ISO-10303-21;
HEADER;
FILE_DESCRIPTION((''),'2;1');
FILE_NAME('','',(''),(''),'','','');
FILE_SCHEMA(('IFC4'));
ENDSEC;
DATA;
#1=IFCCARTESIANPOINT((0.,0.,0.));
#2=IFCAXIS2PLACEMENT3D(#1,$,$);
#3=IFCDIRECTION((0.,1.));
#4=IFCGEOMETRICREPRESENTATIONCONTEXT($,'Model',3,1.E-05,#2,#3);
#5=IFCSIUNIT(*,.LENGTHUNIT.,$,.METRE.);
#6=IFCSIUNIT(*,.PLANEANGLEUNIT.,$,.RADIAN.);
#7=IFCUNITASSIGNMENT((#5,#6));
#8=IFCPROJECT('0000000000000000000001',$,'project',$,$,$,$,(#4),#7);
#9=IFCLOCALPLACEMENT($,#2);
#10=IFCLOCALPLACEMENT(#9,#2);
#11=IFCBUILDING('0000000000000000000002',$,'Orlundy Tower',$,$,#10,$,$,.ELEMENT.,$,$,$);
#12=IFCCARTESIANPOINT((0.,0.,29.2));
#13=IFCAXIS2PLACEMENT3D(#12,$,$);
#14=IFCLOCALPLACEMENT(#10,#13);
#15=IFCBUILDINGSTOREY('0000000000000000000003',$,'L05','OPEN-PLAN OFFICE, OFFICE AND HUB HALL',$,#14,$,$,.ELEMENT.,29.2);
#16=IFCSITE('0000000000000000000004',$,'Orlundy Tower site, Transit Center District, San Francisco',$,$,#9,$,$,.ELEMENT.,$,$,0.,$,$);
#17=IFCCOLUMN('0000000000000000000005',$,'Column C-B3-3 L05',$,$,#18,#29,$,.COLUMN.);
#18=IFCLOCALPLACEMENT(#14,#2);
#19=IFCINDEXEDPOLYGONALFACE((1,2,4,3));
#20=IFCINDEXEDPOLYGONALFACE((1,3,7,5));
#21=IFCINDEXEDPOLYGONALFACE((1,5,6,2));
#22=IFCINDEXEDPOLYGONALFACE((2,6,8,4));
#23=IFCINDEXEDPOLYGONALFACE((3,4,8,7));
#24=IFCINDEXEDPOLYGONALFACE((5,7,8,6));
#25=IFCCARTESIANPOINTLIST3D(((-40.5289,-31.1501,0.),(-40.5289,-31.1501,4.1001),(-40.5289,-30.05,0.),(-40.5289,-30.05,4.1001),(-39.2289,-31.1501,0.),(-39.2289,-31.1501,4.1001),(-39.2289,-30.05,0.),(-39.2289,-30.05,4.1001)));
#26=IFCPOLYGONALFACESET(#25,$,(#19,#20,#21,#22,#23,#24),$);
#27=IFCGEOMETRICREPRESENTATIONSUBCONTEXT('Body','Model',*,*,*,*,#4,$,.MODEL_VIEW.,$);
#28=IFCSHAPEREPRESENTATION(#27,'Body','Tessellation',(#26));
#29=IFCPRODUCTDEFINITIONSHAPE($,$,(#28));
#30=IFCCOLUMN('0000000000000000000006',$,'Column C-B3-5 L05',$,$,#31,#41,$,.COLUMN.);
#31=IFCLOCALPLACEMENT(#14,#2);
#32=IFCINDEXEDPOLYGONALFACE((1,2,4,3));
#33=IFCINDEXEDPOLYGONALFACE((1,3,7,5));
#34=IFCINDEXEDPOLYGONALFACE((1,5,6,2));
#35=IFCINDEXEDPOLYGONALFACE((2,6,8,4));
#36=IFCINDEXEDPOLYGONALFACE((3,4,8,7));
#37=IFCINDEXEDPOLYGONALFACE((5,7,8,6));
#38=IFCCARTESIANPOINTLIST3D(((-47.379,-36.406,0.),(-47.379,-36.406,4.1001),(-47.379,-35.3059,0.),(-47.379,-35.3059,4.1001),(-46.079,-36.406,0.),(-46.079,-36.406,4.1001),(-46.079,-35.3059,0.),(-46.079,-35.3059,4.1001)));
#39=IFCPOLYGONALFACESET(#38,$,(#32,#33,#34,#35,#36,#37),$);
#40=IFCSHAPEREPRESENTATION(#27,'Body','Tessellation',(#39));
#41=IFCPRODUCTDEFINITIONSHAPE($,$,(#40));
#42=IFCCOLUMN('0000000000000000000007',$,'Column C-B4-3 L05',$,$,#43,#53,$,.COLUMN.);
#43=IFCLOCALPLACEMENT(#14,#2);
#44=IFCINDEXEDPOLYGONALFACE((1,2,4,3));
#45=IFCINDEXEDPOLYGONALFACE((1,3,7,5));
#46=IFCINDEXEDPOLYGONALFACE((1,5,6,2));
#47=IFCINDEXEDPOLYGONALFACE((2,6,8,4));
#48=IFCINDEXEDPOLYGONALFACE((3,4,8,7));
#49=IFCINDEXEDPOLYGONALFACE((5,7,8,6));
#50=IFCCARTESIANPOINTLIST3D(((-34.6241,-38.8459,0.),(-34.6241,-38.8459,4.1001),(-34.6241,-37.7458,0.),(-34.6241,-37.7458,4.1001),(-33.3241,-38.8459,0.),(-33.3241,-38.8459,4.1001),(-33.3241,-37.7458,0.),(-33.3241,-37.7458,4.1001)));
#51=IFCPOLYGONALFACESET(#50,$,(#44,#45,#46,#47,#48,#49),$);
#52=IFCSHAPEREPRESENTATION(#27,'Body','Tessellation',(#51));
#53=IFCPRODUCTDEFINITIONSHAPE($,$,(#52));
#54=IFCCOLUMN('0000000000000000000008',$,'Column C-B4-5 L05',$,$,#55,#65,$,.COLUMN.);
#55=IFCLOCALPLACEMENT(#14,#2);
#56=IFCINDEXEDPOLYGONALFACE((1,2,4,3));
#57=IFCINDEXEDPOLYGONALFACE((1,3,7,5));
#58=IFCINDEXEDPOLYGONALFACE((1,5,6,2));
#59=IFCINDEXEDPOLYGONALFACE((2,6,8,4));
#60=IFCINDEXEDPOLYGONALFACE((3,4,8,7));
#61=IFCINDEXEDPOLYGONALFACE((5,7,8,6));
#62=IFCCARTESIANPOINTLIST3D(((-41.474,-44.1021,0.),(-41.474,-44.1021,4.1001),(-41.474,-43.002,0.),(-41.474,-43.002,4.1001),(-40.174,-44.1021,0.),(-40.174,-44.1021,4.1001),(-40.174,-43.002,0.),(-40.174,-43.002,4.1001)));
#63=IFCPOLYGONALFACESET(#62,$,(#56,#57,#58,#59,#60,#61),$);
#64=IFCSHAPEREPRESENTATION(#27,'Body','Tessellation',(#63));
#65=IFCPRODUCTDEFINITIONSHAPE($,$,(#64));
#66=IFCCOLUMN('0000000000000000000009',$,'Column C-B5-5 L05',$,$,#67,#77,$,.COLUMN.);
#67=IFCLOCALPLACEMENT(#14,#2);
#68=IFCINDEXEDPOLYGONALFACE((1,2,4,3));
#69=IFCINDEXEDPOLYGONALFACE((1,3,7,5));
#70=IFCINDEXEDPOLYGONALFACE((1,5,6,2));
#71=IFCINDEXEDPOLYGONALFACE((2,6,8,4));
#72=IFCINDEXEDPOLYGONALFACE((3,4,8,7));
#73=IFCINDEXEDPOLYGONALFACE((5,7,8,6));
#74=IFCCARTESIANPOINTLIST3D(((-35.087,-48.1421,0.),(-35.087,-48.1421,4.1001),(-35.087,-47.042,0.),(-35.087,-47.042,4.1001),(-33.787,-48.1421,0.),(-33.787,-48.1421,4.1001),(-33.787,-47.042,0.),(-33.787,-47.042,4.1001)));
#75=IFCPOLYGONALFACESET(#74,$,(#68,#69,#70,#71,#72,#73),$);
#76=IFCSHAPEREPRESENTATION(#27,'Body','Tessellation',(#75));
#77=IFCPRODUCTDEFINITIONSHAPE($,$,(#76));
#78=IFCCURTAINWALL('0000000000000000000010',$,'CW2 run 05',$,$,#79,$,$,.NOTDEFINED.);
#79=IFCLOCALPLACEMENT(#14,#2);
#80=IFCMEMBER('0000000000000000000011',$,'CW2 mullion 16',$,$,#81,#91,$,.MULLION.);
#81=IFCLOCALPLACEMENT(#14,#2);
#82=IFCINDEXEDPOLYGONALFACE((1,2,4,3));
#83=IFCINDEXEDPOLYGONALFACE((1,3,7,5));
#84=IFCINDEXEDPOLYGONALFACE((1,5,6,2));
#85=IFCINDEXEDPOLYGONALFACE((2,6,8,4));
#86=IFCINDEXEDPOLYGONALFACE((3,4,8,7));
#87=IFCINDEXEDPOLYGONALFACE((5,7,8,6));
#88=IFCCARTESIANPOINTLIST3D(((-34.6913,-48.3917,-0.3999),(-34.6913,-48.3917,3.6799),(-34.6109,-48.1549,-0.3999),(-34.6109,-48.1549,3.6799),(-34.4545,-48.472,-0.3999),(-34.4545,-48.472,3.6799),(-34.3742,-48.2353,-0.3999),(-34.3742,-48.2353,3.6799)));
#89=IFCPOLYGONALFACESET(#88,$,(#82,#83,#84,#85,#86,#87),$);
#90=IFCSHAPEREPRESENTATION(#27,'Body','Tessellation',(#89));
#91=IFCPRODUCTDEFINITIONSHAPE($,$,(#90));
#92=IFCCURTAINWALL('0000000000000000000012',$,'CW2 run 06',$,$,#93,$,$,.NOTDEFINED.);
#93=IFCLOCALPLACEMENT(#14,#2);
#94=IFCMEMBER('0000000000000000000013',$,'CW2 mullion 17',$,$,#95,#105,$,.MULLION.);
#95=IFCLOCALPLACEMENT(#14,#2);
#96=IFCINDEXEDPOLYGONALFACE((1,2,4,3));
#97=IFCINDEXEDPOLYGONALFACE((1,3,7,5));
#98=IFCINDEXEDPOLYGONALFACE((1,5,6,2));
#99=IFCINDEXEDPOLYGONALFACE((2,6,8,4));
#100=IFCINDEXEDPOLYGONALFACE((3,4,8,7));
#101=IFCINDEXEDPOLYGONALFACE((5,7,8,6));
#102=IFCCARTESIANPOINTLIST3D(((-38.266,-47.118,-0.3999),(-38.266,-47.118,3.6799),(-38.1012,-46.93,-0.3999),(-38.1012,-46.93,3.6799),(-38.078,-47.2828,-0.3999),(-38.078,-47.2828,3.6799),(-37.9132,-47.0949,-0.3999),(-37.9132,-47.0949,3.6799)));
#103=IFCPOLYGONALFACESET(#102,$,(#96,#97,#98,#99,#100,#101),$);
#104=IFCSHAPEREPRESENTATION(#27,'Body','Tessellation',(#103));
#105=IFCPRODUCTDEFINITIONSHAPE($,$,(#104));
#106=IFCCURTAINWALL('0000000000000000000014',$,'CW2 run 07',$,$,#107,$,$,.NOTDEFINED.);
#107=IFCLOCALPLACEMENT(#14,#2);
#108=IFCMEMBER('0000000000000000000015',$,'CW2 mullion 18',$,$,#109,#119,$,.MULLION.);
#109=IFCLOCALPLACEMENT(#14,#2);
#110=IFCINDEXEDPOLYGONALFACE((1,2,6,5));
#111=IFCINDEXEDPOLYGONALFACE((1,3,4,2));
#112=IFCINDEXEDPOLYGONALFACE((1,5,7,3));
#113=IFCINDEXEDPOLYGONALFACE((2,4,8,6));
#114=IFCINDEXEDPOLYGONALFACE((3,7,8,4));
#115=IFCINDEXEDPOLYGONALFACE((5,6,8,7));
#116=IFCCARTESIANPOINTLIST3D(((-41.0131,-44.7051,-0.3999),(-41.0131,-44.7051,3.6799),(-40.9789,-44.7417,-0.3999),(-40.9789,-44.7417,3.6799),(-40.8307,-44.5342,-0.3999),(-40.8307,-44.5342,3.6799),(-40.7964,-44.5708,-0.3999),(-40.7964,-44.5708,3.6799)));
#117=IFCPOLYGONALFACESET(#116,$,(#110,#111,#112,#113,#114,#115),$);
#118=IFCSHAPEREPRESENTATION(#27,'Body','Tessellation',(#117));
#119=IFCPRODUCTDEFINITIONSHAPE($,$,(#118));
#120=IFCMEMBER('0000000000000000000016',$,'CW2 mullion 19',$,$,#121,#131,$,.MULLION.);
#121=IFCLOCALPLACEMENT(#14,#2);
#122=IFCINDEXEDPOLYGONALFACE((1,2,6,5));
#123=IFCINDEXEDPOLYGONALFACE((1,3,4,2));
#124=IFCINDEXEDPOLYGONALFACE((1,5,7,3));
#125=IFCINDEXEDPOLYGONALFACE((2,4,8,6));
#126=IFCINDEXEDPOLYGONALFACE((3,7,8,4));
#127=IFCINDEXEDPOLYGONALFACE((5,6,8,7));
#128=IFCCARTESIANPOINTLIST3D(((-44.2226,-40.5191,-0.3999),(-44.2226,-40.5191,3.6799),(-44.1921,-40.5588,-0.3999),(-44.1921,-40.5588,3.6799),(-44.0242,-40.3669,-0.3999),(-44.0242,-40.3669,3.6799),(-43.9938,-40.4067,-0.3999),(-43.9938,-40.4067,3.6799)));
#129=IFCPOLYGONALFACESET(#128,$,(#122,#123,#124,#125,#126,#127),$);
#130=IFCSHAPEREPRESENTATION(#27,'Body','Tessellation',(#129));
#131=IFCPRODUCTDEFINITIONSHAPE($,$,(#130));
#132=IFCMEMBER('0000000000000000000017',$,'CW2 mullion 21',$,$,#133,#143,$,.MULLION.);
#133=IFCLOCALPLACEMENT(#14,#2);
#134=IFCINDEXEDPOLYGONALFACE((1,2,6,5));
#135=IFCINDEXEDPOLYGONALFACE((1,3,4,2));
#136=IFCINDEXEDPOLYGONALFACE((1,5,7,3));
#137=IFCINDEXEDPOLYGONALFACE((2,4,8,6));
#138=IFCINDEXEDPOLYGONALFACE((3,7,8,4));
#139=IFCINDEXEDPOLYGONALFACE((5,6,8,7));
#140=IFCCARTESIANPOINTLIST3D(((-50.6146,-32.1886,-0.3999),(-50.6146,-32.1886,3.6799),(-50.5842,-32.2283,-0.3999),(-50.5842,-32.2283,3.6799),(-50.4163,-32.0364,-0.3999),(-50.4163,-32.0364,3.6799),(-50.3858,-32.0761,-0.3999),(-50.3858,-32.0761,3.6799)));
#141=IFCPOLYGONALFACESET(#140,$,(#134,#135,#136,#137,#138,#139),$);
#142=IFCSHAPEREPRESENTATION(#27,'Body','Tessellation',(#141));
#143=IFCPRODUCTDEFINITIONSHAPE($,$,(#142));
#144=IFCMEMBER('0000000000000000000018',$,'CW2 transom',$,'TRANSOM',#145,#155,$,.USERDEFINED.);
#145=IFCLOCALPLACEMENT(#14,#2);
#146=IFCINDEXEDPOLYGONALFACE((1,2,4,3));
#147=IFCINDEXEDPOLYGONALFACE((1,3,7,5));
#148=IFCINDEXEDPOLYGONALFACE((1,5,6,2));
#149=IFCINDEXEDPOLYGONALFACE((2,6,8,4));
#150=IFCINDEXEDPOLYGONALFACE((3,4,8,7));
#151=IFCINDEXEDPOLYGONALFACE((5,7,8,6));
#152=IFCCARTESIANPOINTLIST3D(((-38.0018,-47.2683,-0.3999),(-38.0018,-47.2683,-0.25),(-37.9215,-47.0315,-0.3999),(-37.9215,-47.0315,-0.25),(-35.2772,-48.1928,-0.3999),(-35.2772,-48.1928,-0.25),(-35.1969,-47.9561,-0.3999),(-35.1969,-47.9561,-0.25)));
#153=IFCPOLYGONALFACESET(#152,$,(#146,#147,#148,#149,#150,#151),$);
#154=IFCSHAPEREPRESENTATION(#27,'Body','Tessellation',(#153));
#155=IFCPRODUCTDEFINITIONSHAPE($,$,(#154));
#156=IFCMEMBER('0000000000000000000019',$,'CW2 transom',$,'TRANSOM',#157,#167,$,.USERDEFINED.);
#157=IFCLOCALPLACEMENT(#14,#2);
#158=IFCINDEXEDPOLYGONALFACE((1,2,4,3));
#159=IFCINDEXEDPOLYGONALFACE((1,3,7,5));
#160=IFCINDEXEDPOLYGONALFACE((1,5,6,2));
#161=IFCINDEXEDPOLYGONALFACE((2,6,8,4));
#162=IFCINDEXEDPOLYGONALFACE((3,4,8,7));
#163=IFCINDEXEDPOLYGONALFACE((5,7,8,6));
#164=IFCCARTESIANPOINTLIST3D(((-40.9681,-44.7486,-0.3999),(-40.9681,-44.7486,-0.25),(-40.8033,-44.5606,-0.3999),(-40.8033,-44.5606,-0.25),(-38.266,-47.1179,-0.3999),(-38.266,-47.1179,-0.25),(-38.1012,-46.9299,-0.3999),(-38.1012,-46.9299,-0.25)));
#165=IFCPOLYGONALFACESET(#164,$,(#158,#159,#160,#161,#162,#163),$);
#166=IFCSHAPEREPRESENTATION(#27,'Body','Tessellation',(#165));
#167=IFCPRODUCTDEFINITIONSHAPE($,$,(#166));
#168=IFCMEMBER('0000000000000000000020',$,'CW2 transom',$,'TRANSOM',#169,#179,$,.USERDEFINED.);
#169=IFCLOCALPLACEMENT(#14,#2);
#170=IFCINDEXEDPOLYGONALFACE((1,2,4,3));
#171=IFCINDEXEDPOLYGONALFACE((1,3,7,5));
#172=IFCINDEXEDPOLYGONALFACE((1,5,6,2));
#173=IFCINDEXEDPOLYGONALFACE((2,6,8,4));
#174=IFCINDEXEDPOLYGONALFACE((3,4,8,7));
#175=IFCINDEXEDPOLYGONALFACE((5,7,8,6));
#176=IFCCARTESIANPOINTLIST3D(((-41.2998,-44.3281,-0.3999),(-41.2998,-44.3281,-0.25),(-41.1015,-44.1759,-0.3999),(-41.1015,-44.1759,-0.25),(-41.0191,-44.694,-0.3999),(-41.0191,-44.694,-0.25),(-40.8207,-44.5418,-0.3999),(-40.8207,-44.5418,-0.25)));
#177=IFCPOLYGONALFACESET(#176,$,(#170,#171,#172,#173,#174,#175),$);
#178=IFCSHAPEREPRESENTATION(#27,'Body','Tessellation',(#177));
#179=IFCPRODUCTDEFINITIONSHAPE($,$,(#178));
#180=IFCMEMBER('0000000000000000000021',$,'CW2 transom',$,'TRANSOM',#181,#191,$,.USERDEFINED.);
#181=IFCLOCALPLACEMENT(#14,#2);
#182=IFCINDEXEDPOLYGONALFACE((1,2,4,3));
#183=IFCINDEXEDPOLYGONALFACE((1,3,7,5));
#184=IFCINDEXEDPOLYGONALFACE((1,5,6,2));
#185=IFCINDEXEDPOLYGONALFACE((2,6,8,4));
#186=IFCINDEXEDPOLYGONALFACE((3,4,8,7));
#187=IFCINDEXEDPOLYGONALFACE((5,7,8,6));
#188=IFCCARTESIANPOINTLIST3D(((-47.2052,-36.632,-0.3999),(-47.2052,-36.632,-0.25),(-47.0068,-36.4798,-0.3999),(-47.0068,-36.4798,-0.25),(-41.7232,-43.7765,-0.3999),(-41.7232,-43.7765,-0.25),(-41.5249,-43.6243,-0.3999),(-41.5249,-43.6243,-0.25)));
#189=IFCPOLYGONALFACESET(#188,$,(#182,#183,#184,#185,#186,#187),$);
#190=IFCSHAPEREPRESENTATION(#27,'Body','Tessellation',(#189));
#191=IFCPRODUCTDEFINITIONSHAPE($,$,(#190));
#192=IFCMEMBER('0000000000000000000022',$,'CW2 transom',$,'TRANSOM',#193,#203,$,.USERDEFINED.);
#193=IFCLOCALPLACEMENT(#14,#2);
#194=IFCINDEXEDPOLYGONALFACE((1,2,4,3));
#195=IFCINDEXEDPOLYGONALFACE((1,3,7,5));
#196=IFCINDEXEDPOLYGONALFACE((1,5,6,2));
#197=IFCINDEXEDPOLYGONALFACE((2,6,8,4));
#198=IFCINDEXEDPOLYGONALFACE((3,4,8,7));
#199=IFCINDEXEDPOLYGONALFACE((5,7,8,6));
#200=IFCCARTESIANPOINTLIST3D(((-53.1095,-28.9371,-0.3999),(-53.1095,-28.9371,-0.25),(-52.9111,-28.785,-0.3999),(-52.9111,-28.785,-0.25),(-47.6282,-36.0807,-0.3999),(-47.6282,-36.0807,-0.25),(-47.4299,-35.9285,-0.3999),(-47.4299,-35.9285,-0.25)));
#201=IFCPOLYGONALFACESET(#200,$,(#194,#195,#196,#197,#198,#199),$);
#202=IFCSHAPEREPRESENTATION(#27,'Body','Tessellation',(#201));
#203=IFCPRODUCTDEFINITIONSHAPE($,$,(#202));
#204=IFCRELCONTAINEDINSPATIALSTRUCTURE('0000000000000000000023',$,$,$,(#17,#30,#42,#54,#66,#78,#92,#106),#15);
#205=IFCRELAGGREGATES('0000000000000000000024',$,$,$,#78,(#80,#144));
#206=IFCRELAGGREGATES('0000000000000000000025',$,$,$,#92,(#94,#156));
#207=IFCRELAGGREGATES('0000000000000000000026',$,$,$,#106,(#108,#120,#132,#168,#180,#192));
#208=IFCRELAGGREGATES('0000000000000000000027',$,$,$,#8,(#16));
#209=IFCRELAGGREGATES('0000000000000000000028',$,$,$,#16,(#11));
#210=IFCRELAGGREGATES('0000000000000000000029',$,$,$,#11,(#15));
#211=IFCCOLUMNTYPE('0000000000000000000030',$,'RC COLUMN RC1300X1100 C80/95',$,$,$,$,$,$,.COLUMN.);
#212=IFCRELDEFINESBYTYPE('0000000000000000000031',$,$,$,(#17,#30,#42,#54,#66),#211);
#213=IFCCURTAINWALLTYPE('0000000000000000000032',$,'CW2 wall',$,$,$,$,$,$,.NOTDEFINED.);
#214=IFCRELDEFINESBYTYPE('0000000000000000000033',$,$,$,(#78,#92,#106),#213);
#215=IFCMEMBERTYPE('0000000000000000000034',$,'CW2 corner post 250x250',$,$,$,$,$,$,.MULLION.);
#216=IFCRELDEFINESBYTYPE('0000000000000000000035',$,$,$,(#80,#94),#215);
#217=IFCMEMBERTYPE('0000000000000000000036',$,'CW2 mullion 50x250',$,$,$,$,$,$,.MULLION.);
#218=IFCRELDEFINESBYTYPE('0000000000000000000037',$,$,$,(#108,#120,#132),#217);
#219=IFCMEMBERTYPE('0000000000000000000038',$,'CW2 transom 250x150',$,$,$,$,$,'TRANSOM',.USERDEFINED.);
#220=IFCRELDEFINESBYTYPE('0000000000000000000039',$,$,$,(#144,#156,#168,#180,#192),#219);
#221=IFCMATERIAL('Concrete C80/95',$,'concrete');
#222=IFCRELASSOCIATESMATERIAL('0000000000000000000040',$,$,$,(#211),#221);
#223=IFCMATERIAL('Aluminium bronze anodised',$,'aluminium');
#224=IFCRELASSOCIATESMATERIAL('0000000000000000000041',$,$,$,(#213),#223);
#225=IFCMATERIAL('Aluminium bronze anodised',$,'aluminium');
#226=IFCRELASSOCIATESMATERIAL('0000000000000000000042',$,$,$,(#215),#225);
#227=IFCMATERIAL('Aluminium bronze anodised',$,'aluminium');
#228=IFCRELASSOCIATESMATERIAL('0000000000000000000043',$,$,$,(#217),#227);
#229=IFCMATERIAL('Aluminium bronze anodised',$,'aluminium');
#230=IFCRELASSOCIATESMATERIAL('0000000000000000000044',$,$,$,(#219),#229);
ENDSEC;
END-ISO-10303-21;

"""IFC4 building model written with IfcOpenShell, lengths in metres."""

from ifc_helpers import new_model, si_unit, direction, frame, origin, origin_2d, place, context, subcontext, project, spatial, rectangle, extrude, material, material_profile, profile_set, type_object, element, aggregate, save


model = new_model("IFC4")

# Units and contexts
model_context = context("Model", 3, precision=1e-05, world=origin(), true_north=direction((0.0, 1.0)))
body_context = subcontext(model_context, "Body", "Model", "MODEL_VIEW")
ifc_project = project(units=[si_unit("LENGTHUNIT", "METRE"), si_unit("PLANEANGLEUNIT", "RADIAN")], contexts=[model_context])

# Site, building, storey
site_placement = place(None, origin())
site = spatial("IfcSite", under=ifc_project, at=site_placement, Name="Orlundy Tower site, Transit Center District, San Francisco", CompositionType="ELEMENT", RefElevation=0.0)
building_placement = place(site_placement, origin())
building = spatial("IfcBuilding", under=site, at=building_placement, Name="Orlundy Tower", CompositionType="ELEMENT")
storey_placement = place(building_placement, frame((0.0, 0.0, 29.2)))
storey = spatial("IfcBuildingStorey", under=building, at=storey_placement, Name="L05", Description="OPEN-PLAN OFFICE, OFFICE AND HUB HALL", CompositionType="ELEMENT", Elevation=29.2)

# Columns
ifc_material_1 = material(Name="Concrete C80/95", Category="concrete")
ifc_material_profile_1 = material_profile(ifc_material_1, rectangle(XDim=1.3, YDim=1.1001, at=origin_2d()), Name="RC1300X1100")
ifc_profile_set_1 = profile_set([ifc_material_profile_1], Name="Concrete C80/95")
column_type = type_object("IfcColumnType", Name="RC COLUMN RC1300X1100 C80/95", PredefinedType="COLUMN", material=ifc_profile_set_1)
for number, where, z_axis, x_axis, name in (
    (1, (-39.8789, -30.6001, 0.0), (0.0, 0.0, 1.0), (1.0, 0.0, 0.0), "Column C-B3-3 L05"),
    (2, (-46.729, -35.856, 0.0), (0.0, 0.0, 1.0), (1.0, 0.0, 0.0), "Column C-B3-5 L05"),
    (3, (-33.9741, -38.2959, 0.0), (0.0, 0.0, 1.0), (1.0, 0.0, 0.0), "Column C-B4-3 L05"),
    (4, (-40.824, -43.552, 0.0), (0.0, 0.0, 1.0), (1.0, 0.0, 0.0), "Column C-B4-5 L05"),
    (5, (-34.437, -47.592, 0.0), (0.0, 0.0, 1.0), (1.0, 0.0, 0.0), "Column C-B5-5 L05"),
):
    element("IfcColumn", number, at=place(storey_placement, frame(where, z_axis=z_axis, x_axis=x_axis)), inside=storey, type_object=column_type, Name=name, PredefinedType="COLUMN", context=body_context, shape_type="SweptSolid", body=[
        extrude(rectangle(XDim=1.3, YDim=1.1001, at=origin_2d()), origin(), (0.0, 0.0, 1.0), 4.1001),
    ])

# Curtain walls, members
ifc_material_2 = material(Name="Aluminium bronze anodised", Category="aluminium")
curtain_wall_type = type_object("IfcCurtainWallType", Name="CW2 wall", PredefinedType="NOTDEFINED", material=ifc_material_2)
curtain_wall_1_placement = place(storey_placement, origin())
curtain_wall_1 = element("IfcCurtainWall", 6, at=curtain_wall_1_placement, inside=storey, type_object=curtain_wall_type, Name="CW2 run 05", PredefinedType="NOTDEFINED")
ifc_material_3 = material(Name="Aluminium bronze anodised", Category="aluminium")
ifc_material_profile_2 = material_profile(ifc_material_3, rectangle(XDim=0.25, YDim=0.25, at=origin_2d()), Name="CW2 corner post 250x250")
ifc_profile_set_2 = profile_set([ifc_material_profile_2], Name="Aluminium bronze anodised")
member_type_1 = type_object("IfcMemberType", Name="CW2 corner post 250x250", PredefinedType="MULLION", material=ifc_profile_set_2)
member_1_placement = place(storey_placement, frame((-34.5327, -48.3135, -0.3999), z_axis=(0.0, 0.0, 1.0), x_axis=(-0.321322, -0.94697, 0.0)))
member_1 = element("IfcMember", 7, at=member_1_placement, type_object=member_type_1, Name="CW2 mullion 16", PredefinedType="MULLION", context=body_context, shape_type="SweptSolid", body=[
    extrude(rectangle(XDim=0.25, YDim=0.25, at=origin_2d()), origin(), (0.0, 0.0, 1.0), 4.0798),
])
curtain_wall_2_placement = place(storey_placement, origin())
curtain_wall_2 = element("IfcCurtainWall", 8, at=curtain_wall_2_placement, inside=storey, type_object=curtain_wall_type, Name="CW2 run 06", PredefinedType="NOTDEFINED")
member_2_placement = place(storey_placement, frame((-38.0896, -47.1064, -0.3999), z_axis=(0.0, 0.0, 1.0), x_axis=(-0.659325, -0.751858, 0.0)))
member_2 = element("IfcMember", 9, at=member_2_placement, type_object=member_type_1, Name="CW2 mullion 17", PredefinedType="MULLION", context=body_context, shape_type="SweptSolid", body=[
    extrude(rectangle(XDim=0.25, YDim=0.25, at=origin_2d()), origin(), (0.0, 0.0, 1.0), 4.0798),
])

# Curtain wall, members
curtain_wall_3_placement = place(storey_placement, origin())
curtain_wall_3 = element("IfcCurtainWall", 10, at=curtain_wall_3_placement, inside=storey, type_object=curtain_wall_type, Name="CW2 run 07", PredefinedType="NOTDEFINED")
ifc_material_4 = material(Name="Aluminium bronze anodised", Category="aluminium")
ifc_material_profile_3 = material_profile(ifc_material_4, rectangle(XDim=0.25, YDim=0.05, at=origin_2d()), Name="CW2 mullion 50x250")
ifc_profile_set_3 = profile_set([ifc_material_profile_3], Name="Aluminium bronze anodised")
member_type_2 = type_object("IfcMemberType", Name="CW2 mullion 50x250", PredefinedType="MULLION", material=ifc_profile_set_3)
member_3_placement = place(storey_placement, frame((-40.9048, -44.6379, -0.3999), z_axis=(0.0, 0.0, 1.0), x_axis=(-0.72986, -0.683596, 0.0)))
member_3 = element("IfcMember", 11, at=member_3_placement, type_object=member_type_2, Name="CW2 mullion 18", PredefinedType="MULLION", context=body_context, shape_type="SweptSolid", body=[
    extrude(rectangle(XDim=0.25, YDim=0.05, at=origin_2d()), origin(), (0.0, 0.0, 1.0), 4.0798),
])
member_4_placement = place(storey_placement, frame((-44.1082, -40.4629, -0.3999), z_axis=(0.0, 0.0, 1.0), x_axis=(-0.793363, -0.608748, 0.0)))
member_4 = element("IfcMember", 12, at=member_4_placement, type_object=member_type_2, Name="CW2 mullion 19", PredefinedType="MULLION", context=body_context, shape_type="SweptSolid", body=[
    extrude(rectangle(XDim=0.25, YDim=0.05, at=origin_2d()), origin(), (0.0, 0.0, 1.0), 4.0798),
])
member_5_placement = place(storey_placement, frame((-50.5002, -32.1323, -0.3999), z_axis=(0.0, 0.0, 1.0), x_axis=(-0.793363, -0.608748, 0.0)))
member_5 = element("IfcMember", 13, at=member_5_placement, type_object=member_type_2, Name="CW2 mullion 21", PredefinedType="MULLION", context=body_context, shape_type="SweptSolid", body=[
    extrude(rectangle(XDim=0.25, YDim=0.05, at=origin_2d()), origin(), (0.0, 0.0, 1.0), 4.0798),
])

# Members
ifc_material_5 = material(Name="Aluminium bronze anodised", Category="aluminium")
ifc_material_profile_4 = material_profile(ifc_material_5, rectangle(XDim=0.25, YDim=0.1499, at=origin_2d()), Name="CW2 transom 250x150")
ifc_profile_set_4 = profile_set([ifc_material_profile_4], Name="Aluminium bronze anodised")
member_type_3 = type_object("IfcMemberType", Name="CW2 transom 250x150", ElementType="TRANSOM", PredefinedType="USERDEFINED", material=ifc_profile_set_4)
member_6_placement = place(storey_placement, frame((-35.2371, -48.0745, -0.325), z_axis=(-0.946964, 0.32134, 0.0), x_axis=(-0.32134, -0.946964, 0.0)))
member_6 = element("IfcMember", 14, at=member_6_placement, type_object=member_type_3, Name="CW2 transom", ObjectType="TRANSOM", PredefinedType="USERDEFINED", context=body_context, shape_type="SweptSolid", body=[
    extrude(rectangle(XDim=0.25, YDim=0.1499, at=origin_2d()), origin(), (0.0, 0.0, 1.0), 2.8772),
])
member_7_placement = place(storey_placement, frame((-38.1836, -47.0239, -0.325), z_axis=(-0.751886, 0.659293, 0.0), x_axis=(-0.659293, -0.751886, 0.0)))
member_7 = element("IfcMember", 15, at=member_7_placement, type_object=member_type_3, Name="CW2 transom", ObjectType="TRANSOM", PredefinedType="USERDEFINED", context=body_context, shape_type="SweptSolid", body=[
    extrude(rectangle(XDim=0.25, YDim=0.1499, at=origin_2d()), origin(), (0.0, 0.0, 1.0), 3.5938),
])
member_8_placement = place(storey_placement, frame((-40.9199, -44.6179, -0.325), z_axis=(-0.608687, 0.79341, 0.0), x_axis=(-0.79341, -0.608687, 0.0)))
member_8 = element("IfcMember", 16, at=member_8_placement, type_object=member_type_3, Name="CW2 transom", ObjectType="TRANSOM", PredefinedType="USERDEFINED", context=body_context, shape_type="SweptSolid", body=[
    extrude(rectangle(XDim=0.25, YDim=0.1499, at=origin_2d()), origin(), (0.0, 0.0, 1.0), 0.4612),
])
member_9_placement = place(storey_placement, frame((-41.624, -43.7004, -0.325), z_axis=(-0.608743, 0.793367, 0.0), x_axis=(-0.793367, -0.608743, 0.0)))
member_9 = element("IfcMember", 17, at=member_9_placement, type_object=member_type_3, Name="CW2 transom", ObjectType="TRANSOM", PredefinedType="USERDEFINED", context=body_context, shape_type="SweptSolid", body=[
    extrude(rectangle(XDim=0.25, YDim=0.1499, at=origin_2d()), origin(), (0.0, 0.0, 1.0), 9.0054),
])
member_10_placement = place(storey_placement, frame((-47.5291, -36.0046, -0.325), z_axis=(-0.608745, 0.793366, 0.0), x_axis=(-0.793366, -0.608745, 0.0)))
member_10 = element("IfcMember", 18, at=member_10_placement, type_object=member_type_3, Name="CW2 transom", ObjectType="TRANSOM", PredefinedType="USERDEFINED", context=body_context, shape_type="SweptSolid", body=[
    extrude(rectangle(XDim=0.25, YDim=0.1499, at=origin_2d()), origin(), (0.0, 0.0, 1.0), 9.0042),
])

aggregate(curtain_wall_1, [member_1, member_6])
aggregate(curtain_wall_2, [member_2, member_7])
aggregate(curtain_wall_3, [member_3, member_4, member_5, member_8, member_9, member_10])

save(model, "model.ifc")
